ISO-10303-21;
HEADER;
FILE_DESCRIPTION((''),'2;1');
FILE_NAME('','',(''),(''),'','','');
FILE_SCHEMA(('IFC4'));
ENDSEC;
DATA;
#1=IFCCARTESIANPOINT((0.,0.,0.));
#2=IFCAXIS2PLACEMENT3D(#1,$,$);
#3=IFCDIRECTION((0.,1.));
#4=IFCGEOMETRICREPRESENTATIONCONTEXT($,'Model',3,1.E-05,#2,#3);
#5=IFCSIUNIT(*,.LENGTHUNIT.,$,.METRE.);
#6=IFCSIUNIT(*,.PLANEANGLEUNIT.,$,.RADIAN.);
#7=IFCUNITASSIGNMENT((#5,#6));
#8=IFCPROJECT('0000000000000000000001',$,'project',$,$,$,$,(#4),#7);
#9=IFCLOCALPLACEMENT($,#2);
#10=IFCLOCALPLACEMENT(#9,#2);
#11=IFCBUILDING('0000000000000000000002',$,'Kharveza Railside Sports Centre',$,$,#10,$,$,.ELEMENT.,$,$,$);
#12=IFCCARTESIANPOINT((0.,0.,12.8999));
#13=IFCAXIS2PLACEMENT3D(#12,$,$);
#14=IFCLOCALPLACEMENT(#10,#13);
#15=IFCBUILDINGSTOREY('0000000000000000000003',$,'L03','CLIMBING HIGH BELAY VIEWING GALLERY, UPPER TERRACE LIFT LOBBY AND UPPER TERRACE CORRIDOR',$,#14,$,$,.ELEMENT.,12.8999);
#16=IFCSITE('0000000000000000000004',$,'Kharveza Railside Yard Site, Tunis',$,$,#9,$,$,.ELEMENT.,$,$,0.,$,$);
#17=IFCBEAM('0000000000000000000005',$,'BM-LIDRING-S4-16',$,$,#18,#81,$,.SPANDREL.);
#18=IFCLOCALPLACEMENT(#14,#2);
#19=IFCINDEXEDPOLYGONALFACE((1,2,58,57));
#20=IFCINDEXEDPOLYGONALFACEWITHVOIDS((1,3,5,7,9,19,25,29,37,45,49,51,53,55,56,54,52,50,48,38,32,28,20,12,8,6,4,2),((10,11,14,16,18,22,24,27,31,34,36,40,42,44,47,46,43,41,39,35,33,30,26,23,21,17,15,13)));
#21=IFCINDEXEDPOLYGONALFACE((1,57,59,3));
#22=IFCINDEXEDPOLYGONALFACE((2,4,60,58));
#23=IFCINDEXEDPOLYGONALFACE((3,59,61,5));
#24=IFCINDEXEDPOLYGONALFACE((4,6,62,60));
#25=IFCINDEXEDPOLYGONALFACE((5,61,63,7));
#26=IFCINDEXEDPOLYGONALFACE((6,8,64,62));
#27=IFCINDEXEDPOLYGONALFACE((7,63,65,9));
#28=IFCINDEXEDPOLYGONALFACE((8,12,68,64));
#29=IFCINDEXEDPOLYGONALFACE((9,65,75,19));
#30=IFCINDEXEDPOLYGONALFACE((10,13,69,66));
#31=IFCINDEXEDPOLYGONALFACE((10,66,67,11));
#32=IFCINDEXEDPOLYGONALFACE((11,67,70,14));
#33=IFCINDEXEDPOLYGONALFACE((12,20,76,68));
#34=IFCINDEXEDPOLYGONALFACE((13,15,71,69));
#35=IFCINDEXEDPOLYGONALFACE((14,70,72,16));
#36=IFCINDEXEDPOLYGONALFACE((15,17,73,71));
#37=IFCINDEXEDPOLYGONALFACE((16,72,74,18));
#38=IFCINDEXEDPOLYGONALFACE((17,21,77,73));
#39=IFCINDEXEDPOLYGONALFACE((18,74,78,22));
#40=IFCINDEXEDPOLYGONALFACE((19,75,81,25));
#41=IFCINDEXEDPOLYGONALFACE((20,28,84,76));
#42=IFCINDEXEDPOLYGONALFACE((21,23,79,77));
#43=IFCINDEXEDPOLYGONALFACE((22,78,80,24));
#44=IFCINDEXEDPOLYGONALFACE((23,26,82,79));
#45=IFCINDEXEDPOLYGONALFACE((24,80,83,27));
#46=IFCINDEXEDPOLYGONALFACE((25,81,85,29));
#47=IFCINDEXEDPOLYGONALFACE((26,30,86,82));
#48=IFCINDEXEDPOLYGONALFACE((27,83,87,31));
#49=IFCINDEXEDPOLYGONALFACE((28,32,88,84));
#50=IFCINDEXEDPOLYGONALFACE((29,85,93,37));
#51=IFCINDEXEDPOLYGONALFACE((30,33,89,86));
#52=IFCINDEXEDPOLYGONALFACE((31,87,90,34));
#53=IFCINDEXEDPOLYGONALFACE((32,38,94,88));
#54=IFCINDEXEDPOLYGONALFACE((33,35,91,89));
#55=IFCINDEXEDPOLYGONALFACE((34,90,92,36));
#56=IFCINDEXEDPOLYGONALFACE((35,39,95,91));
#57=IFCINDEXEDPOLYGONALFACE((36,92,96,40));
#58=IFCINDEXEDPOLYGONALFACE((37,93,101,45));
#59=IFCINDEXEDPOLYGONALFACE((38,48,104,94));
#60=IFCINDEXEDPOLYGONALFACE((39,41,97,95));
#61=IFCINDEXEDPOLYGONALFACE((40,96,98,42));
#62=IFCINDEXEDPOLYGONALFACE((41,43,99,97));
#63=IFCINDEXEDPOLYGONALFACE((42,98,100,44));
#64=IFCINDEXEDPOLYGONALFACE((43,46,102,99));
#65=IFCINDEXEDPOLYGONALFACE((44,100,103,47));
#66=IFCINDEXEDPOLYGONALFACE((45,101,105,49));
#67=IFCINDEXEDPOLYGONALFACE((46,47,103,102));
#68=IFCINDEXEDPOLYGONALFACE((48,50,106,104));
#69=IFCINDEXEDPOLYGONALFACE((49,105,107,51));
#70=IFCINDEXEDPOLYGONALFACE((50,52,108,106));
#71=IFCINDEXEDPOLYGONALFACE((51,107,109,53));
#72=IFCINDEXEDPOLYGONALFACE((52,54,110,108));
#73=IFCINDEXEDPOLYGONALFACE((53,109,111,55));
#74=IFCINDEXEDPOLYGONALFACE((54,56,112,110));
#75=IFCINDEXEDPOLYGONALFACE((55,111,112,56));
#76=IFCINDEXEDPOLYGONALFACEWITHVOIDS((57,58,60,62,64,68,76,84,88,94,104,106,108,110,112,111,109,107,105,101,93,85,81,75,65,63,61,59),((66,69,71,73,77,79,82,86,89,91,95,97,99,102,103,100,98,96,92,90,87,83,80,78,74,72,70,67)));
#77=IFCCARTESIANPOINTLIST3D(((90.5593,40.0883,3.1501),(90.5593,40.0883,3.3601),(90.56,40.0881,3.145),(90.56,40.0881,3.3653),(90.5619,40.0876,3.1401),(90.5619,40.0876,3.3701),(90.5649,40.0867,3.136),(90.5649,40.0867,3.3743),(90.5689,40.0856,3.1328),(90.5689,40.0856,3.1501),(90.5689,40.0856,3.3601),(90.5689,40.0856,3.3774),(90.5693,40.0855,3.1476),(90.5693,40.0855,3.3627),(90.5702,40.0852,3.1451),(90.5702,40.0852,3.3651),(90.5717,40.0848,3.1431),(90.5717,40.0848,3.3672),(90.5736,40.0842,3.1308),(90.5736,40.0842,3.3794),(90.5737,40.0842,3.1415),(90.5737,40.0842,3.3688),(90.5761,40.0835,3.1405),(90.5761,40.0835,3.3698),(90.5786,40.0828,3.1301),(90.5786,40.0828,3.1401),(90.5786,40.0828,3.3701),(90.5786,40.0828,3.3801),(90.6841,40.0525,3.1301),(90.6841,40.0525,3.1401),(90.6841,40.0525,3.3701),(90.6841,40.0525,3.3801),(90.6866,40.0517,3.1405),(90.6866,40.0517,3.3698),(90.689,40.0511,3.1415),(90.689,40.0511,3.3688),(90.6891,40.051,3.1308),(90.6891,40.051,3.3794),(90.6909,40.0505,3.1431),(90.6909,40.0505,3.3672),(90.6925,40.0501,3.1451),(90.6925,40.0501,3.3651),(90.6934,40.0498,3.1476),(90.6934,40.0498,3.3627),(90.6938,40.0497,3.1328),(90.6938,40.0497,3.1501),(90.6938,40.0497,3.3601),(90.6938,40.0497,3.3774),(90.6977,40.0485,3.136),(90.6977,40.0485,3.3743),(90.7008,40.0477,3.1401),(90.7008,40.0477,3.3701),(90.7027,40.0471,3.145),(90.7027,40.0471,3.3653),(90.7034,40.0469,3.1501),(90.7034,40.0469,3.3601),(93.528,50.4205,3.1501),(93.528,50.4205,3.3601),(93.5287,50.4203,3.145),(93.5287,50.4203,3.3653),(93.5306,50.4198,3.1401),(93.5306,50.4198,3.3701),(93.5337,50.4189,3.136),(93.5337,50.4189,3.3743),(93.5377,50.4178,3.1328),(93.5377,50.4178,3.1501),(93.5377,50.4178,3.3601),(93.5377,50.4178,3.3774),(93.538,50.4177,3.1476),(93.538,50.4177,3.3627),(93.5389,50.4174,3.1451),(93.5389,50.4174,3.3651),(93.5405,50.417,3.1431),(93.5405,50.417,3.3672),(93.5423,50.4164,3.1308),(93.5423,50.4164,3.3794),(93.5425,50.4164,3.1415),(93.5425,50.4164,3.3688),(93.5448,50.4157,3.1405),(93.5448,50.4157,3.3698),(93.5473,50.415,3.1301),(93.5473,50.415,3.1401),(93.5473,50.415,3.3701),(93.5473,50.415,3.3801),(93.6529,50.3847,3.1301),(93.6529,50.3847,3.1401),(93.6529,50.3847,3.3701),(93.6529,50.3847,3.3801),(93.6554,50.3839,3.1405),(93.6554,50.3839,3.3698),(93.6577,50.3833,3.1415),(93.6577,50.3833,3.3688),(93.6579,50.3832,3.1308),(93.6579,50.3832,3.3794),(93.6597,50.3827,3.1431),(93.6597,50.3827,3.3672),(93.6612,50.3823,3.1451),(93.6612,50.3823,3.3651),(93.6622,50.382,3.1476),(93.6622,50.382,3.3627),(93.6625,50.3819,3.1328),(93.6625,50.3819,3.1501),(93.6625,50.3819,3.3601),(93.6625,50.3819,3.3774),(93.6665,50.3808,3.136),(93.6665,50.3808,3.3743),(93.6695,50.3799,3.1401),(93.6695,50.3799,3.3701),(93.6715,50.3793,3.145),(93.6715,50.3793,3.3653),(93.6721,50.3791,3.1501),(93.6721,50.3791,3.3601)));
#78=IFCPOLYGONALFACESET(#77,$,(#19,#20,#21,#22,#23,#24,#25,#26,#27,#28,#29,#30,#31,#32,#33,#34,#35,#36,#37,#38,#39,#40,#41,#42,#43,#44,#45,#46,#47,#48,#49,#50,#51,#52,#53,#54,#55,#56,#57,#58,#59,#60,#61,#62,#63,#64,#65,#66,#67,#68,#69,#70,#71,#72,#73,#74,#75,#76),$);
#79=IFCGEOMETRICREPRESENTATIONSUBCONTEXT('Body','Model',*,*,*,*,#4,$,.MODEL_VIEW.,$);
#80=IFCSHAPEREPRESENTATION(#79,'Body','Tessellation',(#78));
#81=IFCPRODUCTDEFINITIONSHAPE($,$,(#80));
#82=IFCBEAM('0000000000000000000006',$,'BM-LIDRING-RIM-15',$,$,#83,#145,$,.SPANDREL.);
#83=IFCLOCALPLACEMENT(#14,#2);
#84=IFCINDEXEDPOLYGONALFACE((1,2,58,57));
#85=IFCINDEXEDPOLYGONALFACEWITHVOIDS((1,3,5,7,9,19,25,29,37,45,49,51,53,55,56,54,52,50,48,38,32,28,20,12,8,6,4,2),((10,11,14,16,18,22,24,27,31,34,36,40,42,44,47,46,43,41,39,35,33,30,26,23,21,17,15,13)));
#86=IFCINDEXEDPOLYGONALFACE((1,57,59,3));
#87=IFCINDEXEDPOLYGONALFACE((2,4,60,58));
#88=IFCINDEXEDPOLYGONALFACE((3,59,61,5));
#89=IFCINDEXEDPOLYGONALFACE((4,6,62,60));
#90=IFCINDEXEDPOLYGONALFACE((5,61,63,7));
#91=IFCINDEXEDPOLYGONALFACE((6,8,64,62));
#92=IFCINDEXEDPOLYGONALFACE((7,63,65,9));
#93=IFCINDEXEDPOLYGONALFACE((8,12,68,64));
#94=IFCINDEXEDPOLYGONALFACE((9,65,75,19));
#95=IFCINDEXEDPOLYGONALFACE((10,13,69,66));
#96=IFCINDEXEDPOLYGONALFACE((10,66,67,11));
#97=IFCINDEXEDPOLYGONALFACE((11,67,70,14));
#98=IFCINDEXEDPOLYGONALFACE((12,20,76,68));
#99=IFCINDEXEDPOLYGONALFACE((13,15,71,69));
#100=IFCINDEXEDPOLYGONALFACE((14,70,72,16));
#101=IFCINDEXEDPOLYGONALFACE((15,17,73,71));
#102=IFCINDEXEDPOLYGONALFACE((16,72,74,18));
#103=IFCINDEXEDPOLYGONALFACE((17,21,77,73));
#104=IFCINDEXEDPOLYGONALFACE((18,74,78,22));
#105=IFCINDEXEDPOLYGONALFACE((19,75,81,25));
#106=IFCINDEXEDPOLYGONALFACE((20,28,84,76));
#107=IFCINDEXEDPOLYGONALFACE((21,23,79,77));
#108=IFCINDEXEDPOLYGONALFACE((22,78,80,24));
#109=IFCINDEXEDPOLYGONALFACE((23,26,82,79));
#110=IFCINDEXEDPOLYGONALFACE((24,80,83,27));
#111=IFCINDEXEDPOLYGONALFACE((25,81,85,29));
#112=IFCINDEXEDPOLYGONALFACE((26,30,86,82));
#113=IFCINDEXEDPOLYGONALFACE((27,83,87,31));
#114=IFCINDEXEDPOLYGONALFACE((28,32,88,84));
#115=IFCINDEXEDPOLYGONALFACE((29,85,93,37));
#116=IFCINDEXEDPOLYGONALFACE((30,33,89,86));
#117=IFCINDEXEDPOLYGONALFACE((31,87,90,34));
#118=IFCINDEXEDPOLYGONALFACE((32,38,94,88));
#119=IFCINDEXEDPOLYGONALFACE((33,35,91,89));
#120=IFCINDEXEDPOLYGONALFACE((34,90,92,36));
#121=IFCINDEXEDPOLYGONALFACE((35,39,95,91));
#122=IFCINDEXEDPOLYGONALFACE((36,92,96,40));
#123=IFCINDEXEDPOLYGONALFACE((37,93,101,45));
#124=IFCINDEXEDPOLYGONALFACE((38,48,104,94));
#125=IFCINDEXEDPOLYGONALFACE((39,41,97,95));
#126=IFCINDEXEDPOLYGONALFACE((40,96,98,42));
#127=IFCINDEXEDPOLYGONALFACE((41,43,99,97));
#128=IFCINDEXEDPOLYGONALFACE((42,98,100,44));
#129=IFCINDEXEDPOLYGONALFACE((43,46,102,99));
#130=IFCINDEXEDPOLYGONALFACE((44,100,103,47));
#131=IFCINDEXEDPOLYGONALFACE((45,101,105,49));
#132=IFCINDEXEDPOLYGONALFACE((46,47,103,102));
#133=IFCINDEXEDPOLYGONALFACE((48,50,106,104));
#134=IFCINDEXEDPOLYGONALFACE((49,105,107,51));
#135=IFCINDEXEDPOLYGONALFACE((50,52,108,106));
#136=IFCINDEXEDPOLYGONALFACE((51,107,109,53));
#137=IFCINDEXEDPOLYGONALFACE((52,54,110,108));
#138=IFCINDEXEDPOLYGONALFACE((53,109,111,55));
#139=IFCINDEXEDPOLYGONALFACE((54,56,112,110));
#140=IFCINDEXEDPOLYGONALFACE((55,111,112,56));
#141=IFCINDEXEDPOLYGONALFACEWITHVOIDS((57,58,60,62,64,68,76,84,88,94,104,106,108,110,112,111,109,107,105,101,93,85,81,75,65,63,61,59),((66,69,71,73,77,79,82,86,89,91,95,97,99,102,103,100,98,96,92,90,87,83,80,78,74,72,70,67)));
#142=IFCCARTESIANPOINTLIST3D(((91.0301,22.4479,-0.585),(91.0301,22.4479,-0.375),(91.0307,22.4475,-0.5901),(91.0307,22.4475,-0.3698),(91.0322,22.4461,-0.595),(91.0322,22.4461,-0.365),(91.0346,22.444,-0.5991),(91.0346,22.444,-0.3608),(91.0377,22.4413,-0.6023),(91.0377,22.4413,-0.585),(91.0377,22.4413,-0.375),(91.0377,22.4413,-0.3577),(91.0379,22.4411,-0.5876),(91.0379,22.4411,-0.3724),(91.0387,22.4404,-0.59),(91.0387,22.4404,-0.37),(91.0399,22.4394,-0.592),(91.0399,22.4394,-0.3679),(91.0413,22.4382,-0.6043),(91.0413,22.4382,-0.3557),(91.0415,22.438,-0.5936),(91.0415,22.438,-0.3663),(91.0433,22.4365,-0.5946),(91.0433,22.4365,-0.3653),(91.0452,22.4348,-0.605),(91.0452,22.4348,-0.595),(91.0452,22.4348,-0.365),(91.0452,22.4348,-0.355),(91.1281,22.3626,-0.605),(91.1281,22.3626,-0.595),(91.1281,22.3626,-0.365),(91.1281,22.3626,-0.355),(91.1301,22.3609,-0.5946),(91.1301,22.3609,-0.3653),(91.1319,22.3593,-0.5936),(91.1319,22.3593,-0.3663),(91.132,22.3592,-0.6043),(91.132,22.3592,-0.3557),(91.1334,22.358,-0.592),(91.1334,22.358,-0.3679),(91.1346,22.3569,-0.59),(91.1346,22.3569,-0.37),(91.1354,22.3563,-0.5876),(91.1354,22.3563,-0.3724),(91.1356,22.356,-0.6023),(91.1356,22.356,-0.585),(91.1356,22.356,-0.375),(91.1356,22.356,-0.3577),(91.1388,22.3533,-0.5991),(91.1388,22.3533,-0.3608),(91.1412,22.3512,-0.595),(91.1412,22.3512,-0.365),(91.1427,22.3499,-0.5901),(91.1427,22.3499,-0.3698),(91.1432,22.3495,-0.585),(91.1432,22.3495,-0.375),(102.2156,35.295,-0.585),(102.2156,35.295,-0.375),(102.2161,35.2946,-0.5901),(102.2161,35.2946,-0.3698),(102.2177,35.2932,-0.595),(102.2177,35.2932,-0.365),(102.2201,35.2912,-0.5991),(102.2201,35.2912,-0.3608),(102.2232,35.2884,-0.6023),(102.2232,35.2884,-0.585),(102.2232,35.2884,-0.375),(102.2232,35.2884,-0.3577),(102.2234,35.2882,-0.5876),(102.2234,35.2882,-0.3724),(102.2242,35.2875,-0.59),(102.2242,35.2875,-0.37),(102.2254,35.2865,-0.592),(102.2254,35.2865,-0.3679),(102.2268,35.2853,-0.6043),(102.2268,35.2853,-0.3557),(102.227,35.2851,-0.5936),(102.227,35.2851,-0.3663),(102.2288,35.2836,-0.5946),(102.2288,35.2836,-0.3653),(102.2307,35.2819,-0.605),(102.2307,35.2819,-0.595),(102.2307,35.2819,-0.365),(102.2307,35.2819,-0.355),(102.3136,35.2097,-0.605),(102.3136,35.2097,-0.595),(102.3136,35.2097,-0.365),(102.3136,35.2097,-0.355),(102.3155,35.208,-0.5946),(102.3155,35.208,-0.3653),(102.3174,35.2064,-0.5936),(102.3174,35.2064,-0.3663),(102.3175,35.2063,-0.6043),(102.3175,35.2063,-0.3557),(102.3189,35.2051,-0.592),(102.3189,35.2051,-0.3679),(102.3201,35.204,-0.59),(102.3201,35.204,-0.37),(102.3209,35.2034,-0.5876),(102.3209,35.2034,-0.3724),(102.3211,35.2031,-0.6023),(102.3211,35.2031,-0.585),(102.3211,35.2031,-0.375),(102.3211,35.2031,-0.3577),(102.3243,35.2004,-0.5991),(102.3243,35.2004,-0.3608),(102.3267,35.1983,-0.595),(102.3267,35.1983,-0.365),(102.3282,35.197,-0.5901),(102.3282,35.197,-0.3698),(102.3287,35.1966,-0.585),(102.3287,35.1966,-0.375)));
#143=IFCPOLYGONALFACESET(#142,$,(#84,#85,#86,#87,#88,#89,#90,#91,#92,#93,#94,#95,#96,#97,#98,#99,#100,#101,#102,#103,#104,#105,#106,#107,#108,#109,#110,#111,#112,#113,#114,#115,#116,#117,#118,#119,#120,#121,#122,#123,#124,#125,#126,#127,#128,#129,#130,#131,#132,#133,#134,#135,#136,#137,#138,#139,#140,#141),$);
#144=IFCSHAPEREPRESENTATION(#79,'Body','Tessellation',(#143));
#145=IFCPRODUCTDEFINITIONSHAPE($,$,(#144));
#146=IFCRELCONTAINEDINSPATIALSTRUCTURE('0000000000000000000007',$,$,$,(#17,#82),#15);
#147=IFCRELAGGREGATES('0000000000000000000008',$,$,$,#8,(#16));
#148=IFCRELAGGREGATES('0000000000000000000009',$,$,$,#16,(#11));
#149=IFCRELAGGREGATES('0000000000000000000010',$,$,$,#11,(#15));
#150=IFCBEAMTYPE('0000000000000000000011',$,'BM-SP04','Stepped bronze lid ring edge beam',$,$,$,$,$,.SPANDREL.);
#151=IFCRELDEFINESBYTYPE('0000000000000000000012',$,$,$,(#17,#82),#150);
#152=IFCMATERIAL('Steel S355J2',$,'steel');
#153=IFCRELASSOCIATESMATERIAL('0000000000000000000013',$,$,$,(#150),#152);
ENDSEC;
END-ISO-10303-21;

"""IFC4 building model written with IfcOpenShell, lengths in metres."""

from ifc_helpers import new_model, si_unit, direction, frame, origin, origin_2d, place, context, subcontext, project, spatial, hollow_rectangle, extrude, material, material_profile, profile_set, type_object, element, save


model = new_model("IFC4")

# Units and contexts
model_context = context("Model", 3, precision=1e-05, world=origin(), true_north=direction((0.0, 1.0)))
body_context = subcontext(model_context, "Body", "Model", "MODEL_VIEW")
ifc_project = project(units=[si_unit("LENGTHUNIT", "METRE"), si_unit("PLANEANGLEUNIT", "RADIAN")], contexts=[model_context])

# Site, building, storey
site_placement = place(None, origin())
site = spatial("IfcSite", under=ifc_project, at=site_placement, Name="Kharveza Railside Yard Site, Tunis", CompositionType="ELEMENT", RefElevation=0.0)
building_placement = place(site_placement, origin())
building = spatial("IfcBuilding", under=site, at=building_placement, Name="Kharveza Railside Sports Centre", CompositionType="ELEMENT")
storey_placement = place(building_placement, frame((0.0, 0.0, 12.8999)))
storey = spatial("IfcBuildingStorey", under=building, at=storey_placement, Name="L03", Description="CLIMBING HIGH BELAY VIEWING GALLERY, UPPER TERRACE LIFT LOBBY AND UPPER TERRACE CORRIDOR", CompositionType="ELEMENT", Elevation=12.8999)

# Beams
ifc_material_1 = material(Name="Steel S355J2", Category="steel")
ifc_material_profile_1 = material_profile(ifc_material_1, hollow_rectangle(XDim=0.1499, YDim=0.25, WallThickness=0.01, InnerFilletRadius=0.01, OuterFilletRadius=0.02, at=origin_2d()), Name="RHS 150x250x10.0")
ifc_profile_set_1 = profile_set([ifc_material_profile_1], Name="Steel S355J2")
beam_type = type_object("IfcBeamType", Name="BM-SP04", Description="Stepped bronze lid ring edge beam", PredefinedType="SPANDREL", material=ifc_profile_set_1)
beam_1_placement = place(storey_placement, frame((90.6313, 40.0676, 3.2551), z_axis=(0.276155, 0.961113, 0.0), x_axis=(-0.961113, 0.276155, 0.0)))
element("IfcBeam", 1, at=beam_1_placement, inside=storey, type_object=beam_type, Name="BM-LIDRING-S4-16", PredefinedType="SPANDREL", context=body_context, shape_type="SweptSolid", body=[
    extrude(hollow_rectangle(XDim=0.1499, YDim=0.25, WallThickness=0.01, InnerFilletRadius=0.01, OuterFilletRadius=0.02, at=origin_2d()), origin(), (0.0, 0.0, 1.0), 10.7502),
])
beam_2_placement = place(storey_placement, frame((91.0867, 22.3987, -0.48), z_axis=(0.65665, 0.754196, 0.0), x_axis=(-0.754196, 0.65665, 0.0)))
element("IfcBeam", 2, at=beam_2_placement, inside=storey, type_object=beam_type, Name="BM-LIDRING-RIM-15", PredefinedType="SPANDREL", context=body_context, shape_type="SweptSolid", body=[
    extrude(hollow_rectangle(XDim=0.1499, YDim=0.25, WallThickness=0.01, InnerFilletRadius=0.01, OuterFilletRadius=0.02, at=origin_2d()), origin(), (0.0, 0.0, 1.0), 17.0342),
])

save(model, "model.ifc")
